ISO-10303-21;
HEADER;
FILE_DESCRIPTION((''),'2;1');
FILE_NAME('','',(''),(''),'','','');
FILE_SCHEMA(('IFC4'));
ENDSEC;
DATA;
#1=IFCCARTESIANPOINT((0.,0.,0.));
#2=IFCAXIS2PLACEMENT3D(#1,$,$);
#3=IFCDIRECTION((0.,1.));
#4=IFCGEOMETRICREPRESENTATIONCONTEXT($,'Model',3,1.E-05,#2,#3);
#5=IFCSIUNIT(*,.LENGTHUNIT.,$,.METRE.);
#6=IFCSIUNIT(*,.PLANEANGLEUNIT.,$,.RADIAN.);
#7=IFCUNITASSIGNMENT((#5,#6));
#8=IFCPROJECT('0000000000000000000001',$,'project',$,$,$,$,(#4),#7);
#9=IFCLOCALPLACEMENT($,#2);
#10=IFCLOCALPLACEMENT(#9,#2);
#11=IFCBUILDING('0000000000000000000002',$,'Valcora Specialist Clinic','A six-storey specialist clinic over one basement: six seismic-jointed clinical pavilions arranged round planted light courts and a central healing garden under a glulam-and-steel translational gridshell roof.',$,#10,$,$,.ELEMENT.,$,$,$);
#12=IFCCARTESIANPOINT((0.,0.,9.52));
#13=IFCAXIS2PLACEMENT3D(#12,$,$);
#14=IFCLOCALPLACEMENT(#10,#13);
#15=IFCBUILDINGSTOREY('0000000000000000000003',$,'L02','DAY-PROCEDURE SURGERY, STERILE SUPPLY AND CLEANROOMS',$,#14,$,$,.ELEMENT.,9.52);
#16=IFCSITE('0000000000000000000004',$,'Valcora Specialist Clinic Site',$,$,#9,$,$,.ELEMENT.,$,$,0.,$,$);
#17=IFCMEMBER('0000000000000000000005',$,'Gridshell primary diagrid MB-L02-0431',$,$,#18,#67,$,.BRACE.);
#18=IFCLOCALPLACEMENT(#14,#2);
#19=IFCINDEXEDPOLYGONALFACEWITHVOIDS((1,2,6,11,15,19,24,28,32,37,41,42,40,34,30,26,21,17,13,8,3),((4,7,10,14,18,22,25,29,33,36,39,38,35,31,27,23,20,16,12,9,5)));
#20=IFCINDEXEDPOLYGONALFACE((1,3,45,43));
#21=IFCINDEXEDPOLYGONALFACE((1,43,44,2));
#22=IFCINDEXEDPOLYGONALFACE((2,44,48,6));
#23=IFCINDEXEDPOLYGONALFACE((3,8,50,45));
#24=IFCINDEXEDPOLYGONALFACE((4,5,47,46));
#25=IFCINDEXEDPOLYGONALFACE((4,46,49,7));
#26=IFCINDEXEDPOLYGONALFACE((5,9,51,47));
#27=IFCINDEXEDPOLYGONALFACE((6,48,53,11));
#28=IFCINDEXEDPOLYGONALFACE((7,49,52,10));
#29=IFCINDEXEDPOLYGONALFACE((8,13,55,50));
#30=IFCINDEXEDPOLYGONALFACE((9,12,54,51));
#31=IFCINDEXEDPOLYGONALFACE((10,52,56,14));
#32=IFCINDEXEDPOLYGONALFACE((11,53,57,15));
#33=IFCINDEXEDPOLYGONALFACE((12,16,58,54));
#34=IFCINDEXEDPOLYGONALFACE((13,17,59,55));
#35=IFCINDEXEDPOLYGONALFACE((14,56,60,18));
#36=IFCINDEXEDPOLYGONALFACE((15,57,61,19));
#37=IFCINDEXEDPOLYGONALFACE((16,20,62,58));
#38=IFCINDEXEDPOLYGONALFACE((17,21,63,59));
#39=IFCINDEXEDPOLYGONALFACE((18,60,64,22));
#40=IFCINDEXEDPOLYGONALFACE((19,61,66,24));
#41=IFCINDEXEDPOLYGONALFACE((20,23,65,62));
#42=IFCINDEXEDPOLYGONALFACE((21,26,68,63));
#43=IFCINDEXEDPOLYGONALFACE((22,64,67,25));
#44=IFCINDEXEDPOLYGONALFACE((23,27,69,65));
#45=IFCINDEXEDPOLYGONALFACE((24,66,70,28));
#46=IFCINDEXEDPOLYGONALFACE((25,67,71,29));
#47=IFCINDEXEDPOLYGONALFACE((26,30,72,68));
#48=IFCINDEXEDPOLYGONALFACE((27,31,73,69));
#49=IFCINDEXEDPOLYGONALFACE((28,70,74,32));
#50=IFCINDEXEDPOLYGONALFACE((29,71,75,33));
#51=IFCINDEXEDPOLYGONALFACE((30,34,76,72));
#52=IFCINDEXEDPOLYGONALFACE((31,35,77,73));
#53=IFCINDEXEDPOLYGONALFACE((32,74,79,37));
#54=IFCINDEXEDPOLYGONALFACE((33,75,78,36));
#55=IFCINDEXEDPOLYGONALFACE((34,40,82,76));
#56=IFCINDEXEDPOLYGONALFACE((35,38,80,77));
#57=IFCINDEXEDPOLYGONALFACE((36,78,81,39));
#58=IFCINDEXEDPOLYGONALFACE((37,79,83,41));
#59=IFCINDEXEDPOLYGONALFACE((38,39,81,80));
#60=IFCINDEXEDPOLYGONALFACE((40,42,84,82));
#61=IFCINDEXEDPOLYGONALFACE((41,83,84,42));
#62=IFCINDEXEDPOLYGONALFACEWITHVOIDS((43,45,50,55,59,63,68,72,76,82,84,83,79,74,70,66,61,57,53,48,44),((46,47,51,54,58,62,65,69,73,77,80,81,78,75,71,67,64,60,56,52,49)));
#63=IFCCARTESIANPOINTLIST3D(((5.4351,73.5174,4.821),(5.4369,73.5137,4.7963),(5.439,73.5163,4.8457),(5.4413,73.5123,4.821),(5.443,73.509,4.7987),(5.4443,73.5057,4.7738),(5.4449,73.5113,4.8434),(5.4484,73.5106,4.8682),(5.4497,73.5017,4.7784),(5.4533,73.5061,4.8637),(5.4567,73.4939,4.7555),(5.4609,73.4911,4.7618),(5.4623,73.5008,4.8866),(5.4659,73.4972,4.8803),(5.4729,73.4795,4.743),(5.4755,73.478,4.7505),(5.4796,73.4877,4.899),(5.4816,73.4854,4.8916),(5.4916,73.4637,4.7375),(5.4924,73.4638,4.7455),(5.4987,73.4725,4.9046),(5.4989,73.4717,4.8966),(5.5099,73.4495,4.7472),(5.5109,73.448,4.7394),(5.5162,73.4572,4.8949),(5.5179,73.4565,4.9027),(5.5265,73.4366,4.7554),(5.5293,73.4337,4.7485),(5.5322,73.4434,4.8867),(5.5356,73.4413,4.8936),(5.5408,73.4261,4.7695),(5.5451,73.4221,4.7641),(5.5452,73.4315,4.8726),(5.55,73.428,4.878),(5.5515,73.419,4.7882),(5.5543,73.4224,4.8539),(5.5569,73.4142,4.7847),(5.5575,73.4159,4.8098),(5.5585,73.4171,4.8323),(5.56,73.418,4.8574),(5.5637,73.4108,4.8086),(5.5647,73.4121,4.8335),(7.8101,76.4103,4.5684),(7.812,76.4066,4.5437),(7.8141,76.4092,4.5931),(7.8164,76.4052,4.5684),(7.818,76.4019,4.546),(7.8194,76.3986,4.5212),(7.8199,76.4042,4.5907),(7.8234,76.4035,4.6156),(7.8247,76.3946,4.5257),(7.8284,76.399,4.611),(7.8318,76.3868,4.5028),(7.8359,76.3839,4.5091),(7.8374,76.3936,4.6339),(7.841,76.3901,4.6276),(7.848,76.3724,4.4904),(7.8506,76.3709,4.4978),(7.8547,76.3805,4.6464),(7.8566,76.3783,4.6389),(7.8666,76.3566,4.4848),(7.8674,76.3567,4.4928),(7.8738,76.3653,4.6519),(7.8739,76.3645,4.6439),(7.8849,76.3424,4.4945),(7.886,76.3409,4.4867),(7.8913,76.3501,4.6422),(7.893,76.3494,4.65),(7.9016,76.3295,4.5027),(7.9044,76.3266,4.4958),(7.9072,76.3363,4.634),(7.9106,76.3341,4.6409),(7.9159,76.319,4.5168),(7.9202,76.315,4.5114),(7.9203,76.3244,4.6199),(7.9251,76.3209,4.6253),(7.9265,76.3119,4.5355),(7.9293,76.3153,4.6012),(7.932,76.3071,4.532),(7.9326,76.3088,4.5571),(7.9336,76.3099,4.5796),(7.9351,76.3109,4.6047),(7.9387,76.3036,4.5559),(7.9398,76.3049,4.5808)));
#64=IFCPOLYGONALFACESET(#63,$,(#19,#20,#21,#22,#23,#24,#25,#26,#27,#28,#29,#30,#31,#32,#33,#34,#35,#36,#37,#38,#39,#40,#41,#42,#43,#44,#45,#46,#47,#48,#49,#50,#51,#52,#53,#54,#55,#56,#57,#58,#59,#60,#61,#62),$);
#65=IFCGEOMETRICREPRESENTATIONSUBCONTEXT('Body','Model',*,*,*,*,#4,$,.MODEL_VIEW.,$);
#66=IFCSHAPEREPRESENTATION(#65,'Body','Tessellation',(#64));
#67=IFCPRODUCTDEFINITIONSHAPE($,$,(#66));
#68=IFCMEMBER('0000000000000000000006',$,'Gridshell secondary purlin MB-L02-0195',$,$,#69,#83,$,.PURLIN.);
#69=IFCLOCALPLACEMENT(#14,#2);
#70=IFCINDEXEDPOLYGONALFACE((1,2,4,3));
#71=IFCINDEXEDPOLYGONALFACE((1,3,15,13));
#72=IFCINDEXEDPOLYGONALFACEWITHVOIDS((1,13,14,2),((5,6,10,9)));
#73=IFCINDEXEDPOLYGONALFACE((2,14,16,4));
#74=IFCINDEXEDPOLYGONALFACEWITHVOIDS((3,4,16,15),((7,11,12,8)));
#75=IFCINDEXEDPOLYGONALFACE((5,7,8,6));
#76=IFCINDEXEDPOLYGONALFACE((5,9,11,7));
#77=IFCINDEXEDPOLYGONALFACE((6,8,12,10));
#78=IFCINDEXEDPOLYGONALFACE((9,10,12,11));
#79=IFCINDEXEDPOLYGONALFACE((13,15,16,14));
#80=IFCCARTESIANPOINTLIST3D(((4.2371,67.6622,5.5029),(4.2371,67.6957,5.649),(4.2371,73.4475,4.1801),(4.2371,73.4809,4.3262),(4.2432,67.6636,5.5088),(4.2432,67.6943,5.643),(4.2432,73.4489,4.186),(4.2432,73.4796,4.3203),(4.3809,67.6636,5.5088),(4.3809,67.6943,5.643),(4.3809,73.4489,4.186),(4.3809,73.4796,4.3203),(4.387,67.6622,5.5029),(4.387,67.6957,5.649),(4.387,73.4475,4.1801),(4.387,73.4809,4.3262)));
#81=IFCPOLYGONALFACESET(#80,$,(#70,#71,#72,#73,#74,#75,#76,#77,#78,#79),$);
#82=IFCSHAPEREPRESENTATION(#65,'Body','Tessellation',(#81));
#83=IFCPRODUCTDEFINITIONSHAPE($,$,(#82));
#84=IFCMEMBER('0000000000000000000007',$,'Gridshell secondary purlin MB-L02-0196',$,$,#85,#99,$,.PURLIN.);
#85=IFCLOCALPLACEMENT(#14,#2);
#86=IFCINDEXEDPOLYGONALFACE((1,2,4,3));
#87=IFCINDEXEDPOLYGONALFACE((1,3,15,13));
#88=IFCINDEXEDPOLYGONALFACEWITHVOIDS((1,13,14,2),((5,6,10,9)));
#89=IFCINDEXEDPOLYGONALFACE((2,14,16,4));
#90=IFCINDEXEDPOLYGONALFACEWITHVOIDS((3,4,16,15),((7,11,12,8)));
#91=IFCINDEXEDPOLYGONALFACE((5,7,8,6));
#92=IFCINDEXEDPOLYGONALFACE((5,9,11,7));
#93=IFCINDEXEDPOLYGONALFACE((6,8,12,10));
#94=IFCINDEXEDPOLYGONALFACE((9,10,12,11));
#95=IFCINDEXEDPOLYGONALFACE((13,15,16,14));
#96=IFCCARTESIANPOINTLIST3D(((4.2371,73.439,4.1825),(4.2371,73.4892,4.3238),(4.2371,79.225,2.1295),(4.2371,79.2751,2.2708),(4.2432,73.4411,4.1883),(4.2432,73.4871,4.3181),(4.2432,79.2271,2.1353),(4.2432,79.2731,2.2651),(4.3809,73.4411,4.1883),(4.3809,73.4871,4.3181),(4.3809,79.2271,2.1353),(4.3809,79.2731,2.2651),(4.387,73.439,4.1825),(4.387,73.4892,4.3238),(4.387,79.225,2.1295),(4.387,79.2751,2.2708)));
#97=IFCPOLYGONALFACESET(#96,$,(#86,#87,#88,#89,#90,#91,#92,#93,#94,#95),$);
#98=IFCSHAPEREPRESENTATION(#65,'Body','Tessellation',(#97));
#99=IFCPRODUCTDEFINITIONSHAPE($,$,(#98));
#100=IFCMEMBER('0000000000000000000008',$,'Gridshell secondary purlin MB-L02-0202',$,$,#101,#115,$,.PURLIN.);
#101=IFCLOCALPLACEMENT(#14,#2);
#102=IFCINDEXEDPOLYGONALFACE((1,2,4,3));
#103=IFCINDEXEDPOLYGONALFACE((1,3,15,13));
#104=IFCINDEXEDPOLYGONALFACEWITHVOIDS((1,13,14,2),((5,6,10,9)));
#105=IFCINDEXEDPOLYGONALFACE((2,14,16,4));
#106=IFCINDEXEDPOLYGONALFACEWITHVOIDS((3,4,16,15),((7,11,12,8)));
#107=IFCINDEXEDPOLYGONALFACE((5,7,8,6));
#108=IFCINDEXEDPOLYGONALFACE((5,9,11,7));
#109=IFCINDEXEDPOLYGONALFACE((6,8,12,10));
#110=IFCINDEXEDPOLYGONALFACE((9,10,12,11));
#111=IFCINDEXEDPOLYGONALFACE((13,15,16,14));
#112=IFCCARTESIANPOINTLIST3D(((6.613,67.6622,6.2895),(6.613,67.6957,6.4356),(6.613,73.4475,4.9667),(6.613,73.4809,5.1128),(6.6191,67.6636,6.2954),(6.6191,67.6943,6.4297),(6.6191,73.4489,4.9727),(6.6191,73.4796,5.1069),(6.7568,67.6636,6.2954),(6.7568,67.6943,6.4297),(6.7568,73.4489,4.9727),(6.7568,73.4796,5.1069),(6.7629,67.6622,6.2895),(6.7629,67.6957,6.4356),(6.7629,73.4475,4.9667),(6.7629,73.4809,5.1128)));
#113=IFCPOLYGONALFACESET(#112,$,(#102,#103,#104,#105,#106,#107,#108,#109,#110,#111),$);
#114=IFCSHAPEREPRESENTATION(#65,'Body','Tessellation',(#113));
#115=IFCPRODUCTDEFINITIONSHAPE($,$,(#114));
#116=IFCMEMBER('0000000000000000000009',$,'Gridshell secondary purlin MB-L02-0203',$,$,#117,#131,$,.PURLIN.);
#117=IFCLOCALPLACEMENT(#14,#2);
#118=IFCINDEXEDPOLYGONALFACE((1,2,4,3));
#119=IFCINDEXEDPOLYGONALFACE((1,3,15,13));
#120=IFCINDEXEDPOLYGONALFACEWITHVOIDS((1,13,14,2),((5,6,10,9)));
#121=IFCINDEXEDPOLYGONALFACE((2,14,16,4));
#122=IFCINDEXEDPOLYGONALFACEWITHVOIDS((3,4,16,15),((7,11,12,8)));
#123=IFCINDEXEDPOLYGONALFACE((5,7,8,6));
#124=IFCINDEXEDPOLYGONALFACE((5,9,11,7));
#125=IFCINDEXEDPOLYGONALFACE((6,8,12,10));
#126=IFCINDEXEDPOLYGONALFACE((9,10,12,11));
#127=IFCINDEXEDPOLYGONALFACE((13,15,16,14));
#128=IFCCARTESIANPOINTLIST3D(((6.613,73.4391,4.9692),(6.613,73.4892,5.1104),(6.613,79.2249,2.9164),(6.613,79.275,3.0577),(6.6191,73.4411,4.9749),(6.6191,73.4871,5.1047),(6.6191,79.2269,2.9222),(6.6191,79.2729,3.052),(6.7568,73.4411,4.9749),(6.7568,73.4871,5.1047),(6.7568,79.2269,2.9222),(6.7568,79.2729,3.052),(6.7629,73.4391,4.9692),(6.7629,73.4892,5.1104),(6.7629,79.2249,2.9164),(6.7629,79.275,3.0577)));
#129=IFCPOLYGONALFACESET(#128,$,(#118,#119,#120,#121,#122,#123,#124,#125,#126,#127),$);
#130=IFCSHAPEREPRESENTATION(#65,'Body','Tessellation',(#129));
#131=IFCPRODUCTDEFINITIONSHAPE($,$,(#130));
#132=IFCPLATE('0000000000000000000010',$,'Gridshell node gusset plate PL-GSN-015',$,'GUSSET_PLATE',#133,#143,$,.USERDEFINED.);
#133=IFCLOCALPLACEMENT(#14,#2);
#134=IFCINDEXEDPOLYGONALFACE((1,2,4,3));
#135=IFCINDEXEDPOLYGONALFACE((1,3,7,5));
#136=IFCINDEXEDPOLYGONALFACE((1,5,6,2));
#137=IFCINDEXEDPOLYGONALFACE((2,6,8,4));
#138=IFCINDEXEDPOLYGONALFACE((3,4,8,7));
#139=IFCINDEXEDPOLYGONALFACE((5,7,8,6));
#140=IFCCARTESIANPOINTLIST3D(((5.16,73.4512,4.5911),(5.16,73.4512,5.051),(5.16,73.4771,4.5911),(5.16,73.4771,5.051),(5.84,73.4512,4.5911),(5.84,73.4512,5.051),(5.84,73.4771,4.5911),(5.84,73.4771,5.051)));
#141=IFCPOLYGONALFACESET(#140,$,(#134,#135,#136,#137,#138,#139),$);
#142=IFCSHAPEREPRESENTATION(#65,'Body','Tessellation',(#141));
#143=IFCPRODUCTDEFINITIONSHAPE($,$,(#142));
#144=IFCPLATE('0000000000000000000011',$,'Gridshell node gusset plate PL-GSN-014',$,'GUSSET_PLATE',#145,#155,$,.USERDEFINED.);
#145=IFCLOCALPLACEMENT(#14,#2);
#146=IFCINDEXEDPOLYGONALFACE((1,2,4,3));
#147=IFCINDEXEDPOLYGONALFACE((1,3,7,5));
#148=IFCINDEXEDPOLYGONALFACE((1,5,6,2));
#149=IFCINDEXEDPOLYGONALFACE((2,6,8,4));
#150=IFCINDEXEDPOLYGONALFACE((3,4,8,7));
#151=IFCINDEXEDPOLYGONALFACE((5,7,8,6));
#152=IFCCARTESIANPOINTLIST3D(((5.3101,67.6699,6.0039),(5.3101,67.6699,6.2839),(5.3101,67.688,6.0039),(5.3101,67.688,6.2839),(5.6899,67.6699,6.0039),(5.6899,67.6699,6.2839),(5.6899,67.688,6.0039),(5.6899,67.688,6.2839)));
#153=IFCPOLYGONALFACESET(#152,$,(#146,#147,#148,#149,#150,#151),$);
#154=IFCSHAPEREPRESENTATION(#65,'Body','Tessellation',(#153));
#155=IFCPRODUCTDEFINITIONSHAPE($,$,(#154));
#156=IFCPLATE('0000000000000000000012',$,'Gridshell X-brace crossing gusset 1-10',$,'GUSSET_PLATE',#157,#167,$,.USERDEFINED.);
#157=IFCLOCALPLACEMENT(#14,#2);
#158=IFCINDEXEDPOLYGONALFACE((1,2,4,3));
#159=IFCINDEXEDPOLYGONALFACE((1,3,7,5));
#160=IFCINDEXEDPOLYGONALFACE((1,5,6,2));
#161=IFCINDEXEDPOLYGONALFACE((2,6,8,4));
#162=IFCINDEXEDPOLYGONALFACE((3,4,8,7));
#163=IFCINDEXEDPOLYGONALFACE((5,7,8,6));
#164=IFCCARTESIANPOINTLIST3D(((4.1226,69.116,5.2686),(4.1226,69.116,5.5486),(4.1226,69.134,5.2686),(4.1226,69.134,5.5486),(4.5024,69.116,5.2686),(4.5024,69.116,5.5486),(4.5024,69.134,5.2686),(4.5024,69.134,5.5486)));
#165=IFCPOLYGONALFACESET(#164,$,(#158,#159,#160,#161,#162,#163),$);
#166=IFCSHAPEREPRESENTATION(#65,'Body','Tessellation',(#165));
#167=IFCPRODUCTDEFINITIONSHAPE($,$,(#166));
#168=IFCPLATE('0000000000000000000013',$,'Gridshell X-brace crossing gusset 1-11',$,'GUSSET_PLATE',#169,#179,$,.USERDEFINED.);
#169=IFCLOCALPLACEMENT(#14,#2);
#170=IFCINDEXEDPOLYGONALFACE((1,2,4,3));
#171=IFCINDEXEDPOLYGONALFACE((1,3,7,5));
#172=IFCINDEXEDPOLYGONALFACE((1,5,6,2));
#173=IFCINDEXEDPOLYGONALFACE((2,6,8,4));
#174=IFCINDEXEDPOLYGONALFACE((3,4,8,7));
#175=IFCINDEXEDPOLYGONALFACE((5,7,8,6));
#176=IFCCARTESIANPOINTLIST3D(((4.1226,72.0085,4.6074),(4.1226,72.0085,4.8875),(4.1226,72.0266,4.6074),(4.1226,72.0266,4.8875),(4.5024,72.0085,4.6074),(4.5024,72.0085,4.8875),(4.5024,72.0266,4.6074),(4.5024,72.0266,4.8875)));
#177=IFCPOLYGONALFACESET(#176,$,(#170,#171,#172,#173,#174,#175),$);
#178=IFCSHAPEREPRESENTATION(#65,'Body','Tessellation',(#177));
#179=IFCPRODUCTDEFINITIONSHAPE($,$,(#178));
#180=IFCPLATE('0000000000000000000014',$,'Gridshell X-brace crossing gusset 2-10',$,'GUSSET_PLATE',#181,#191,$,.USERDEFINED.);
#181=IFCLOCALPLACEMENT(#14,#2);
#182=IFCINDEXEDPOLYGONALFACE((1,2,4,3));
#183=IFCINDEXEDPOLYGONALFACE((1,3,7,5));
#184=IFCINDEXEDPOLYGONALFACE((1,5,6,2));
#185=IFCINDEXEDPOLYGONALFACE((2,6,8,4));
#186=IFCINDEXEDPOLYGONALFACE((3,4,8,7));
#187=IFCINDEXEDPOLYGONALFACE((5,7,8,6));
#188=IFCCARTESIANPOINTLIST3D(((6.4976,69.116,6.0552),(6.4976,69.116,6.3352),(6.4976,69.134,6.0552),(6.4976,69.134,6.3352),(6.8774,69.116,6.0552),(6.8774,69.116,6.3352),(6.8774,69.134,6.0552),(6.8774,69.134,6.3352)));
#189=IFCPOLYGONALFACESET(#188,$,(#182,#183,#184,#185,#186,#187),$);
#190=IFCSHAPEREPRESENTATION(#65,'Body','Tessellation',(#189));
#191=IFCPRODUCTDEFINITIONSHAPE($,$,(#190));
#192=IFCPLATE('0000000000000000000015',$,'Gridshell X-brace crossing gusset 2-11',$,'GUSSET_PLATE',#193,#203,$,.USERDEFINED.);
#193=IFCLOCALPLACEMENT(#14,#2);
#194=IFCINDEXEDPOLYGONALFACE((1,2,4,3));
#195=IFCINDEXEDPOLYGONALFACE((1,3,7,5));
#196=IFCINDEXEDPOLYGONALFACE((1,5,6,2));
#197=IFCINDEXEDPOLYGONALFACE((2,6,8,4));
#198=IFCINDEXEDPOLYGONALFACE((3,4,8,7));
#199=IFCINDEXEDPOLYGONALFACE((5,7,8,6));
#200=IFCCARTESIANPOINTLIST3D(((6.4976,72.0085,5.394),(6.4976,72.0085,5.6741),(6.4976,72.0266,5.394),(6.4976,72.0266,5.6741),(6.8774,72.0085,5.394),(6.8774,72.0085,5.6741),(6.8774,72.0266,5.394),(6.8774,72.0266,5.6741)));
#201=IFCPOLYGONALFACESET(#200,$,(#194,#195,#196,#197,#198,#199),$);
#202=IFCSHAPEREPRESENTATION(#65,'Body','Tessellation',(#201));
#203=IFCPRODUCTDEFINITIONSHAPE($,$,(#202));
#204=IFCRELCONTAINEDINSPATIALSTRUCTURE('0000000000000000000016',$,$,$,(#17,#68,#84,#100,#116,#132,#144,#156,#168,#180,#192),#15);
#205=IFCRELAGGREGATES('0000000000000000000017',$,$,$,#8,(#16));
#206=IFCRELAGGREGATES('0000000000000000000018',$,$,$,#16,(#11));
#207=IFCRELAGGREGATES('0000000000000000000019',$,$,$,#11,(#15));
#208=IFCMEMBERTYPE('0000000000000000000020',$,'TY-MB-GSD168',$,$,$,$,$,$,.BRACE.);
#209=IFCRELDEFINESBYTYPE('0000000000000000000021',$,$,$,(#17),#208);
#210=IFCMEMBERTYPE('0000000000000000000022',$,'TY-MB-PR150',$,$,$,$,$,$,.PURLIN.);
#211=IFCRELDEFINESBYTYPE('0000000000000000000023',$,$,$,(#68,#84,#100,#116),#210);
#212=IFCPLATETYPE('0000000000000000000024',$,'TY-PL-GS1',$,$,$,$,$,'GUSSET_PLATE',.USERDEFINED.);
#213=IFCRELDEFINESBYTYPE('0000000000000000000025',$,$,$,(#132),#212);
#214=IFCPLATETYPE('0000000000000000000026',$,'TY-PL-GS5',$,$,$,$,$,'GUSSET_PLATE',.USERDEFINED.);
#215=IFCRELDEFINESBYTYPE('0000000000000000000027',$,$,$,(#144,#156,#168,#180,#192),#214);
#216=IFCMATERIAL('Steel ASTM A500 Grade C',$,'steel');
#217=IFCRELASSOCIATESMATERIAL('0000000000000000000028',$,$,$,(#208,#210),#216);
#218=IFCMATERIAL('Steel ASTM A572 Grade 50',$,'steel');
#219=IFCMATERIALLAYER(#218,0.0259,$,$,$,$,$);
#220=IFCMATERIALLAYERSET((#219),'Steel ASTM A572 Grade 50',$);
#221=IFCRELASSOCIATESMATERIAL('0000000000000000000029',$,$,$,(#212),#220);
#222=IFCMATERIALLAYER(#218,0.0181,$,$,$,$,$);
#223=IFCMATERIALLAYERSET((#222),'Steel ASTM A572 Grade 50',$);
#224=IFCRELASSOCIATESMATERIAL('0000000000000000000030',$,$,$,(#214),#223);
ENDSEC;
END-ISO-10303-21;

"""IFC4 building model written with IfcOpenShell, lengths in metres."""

from ifc_helpers import new_model, si_unit, direction, frame, origin, origin_2d, place, context, subcontext, project, spatial, rectangle, hollow_rectangle, hollow_circle, extrude, material, layer, layer_set, material_profile, profile_set, type_object, element, save


model = new_model("IFC4")

# Units and contexts
model_context = context("Model", 3, precision=1e-05, world=origin(), true_north=direction((0.0, 1.0)))
body_context = subcontext(model_context, "Body", "Model", "MODEL_VIEW")
ifc_project = project(units=[si_unit("LENGTHUNIT", "METRE"), si_unit("PLANEANGLEUNIT", "RADIAN")], contexts=[model_context])

# Site, building, storey
site_placement = place(None, origin())
site = spatial("IfcSite", under=ifc_project, at=site_placement, Name="Valcora Specialist Clinic Site", CompositionType="ELEMENT", RefElevation=0.0)
building_placement = place(site_placement, origin())
building = spatial("IfcBuilding", under=site, at=building_placement, Name="Valcora Specialist Clinic", Description="A six-storey specialist clinic over one basement: six seismic-jointed clinical pavilions arranged round planted light courts and a central healing garden under a glulam-and-steel translational gridshell roof.", CompositionType="ELEMENT")
storey_placement = place(building_placement, frame((0.0, 0.0, 9.52)))
storey = spatial("IfcBuildingStorey", under=building, at=storey_placement, Name="L02", Description="DAY-PROCEDURE SURGERY, STERILE SUPPLY AND CLEANROOMS", CompositionType="ELEMENT", Elevation=9.52)

# Members
ifc_material_1 = material(Name="Steel ASTM A500 Grade C", Category="steel")
ifc_material_profile_1 = material_profile(ifc_material_1, hollow_circle(Radius=0.084, WallThickness=0.0081, at=origin_2d()), Name="ST-CHS-168X8")
ifc_profile_set_1 = profile_set([ifc_material_profile_1], Name="Steel ASTM A500 Grade C")
member_type_1 = type_object("IfcMemberType", Name="TY-MB-GSD168", PredefinedType="BRACE", material=ifc_profile_set_1)
member_1_placement = place(storey_placement, frame((5.5, 73.4641, 4.821), z_axis=(0.633099, 0.771134, -0.067358), x_axis=(-0.77289, 0.63454, 0.0)))
element("IfcMember", 1, at=member_1_placement, inside=storey, type_object=member_type_1, Name="Gridshell primary diagrid MB-L02-0431", PredefinedType="BRACE", context=body_context, shape_type="SweptSolid", body=[
    extrude(hollow_circle(Radius=0.084, WallThickness=0.0081, at=origin_2d()), origin(), (0.0, 0.0, 1.0), 3.7515),
])
ifc_material_profile_2 = material_profile(ifc_material_1, hollow_rectangle(XDim=0.1499, YDim=0.1499, WallThickness=0.0061, at=origin_2d()), Name="ST-RHS-150X150X6")
ifc_profile_set_2 = profile_set([ifc_material_profile_2], Name="Steel ASTM A500 Grade C")
member_type_2 = type_object("IfcMemberType", Name="TY-MB-PR150", PredefinedType="PURLIN", material=ifc_profile_set_2)
member_2_placement = place(storey_placement, frame((4.312, 67.679, 5.5759), z_axis=(0.0, 0.974843, -0.222894), x_axis=(-1.0, 0.0, 0.0)))
element("IfcMember", 2, at=member_2_placement, inside=storey, type_object=member_type_2, Name="Gridshell secondary purlin MB-L02-0195", PredefinedType="PURLIN", context=body_context, shape_type="SweptSolid", body=[
    extrude(hollow_rectangle(XDim=0.1499, YDim=0.1499, WallThickness=0.0061, at=origin_2d()), origin(), (0.0, 0.0, 1.0), 5.9346),
])
member_3_placement = place(storey_placement, frame((4.312, 73.4641, 4.2532), z_axis=(0.0, 0.942432, -0.334398), x_axis=(-1.0, 0.0, 0.0)))
element("IfcMember", 3, at=member_3_placement, inside=storey, type_object=member_type_2, Name="Gridshell secondary purlin MB-L02-0196", PredefinedType="PURLIN", context=body_context, shape_type="SweptSolid", body=[
    extrude(hollow_rectangle(XDim=0.1499, YDim=0.1499, WallThickness=0.0061, at=origin_2d()), origin(), (0.0, 0.0, 1.0), 6.1394),
])
member_4_placement = place(storey_placement, frame((6.688, 67.679, 6.3625), z_axis=(0.0, 0.974843, -0.222894), x_axis=(-1.0, 0.0, 0.0)))
element("IfcMember", 4, at=member_4_placement, inside=storey, type_object=member_type_2, Name="Gridshell secondary purlin MB-L02-0202", PredefinedType="PURLIN", context=body_context, shape_type="SweptSolid", body=[
    extrude(hollow_rectangle(XDim=0.1499, YDim=0.1499, WallThickness=0.0061, at=origin_2d()), origin(), (0.0, 0.0, 1.0), 5.9346),
])
member_5_placement = place(storey_placement, frame((6.688, 73.4641, 5.0398), z_axis=(0.0, 0.942444, -0.334363), x_axis=(-1.0, 0.0, 0.0)))
element("IfcMember", 5, at=member_5_placement, inside=storey, type_object=member_type_2, Name="Gridshell secondary purlin MB-L02-0203", PredefinedType="PURLIN", context=body_context, shape_type="SweptSolid", body=[
    extrude(hollow_rectangle(XDim=0.1499, YDim=0.1499, WallThickness=0.0061, at=origin_2d()), origin(), (0.0, 0.0, 1.0), 6.1392),
])

# Plates
ifc_material_2 = material(Name="Steel ASTM A572 Grade 50", Category="steel")
ifc_layer_1 = layer(ifc_material_2, 0.0259)
ifc_layer_set_1 = layer_set([ifc_layer_1], Name="Steel ASTM A572 Grade 50")
plate_type_1 = type_object("IfcPlateType", Name="TY-PL-GS1", ElementType="GUSSET_PLATE", PredefinedType="USERDEFINED", material=ifc_layer_set_1)
plate_placement = place(storey_placement, frame((5.5, 73.4641, 4.5911), z_axis=(0.0, 0.0, 1.0), x_axis=(1.0, 0.0, 0.0)))
element("IfcPlate", 6, at=plate_placement, inside=storey, type_object=plate_type_1, Name="Gridshell node gusset plate PL-GSN-015", ObjectType="GUSSET_PLATE", PredefinedType="USERDEFINED", context=body_context, shape_type="SweptSolid", body=[
    extrude(rectangle(XDim=0.6799, YDim=0.0259, at=origin_2d()), origin(), (0.0, 0.0, 1.0), 0.46),
])
ifc_layer_2 = layer(ifc_material_2, 0.0181)
ifc_layer_set_2 = layer_set([ifc_layer_2], Name="Steel ASTM A572 Grade 50")
plate_type_2 = type_object("IfcPlateType", Name="TY-PL-GS5", ElementType="GUSSET_PLATE", PredefinedType="USERDEFINED", material=ifc_layer_set_2)
for number, where, z_axis, x_axis, name in (
    (7, (5.5, 67.679, 6.0039), (0.0, 0.0, 1.0), (1.0, 0.0, 0.0), "Gridshell node gusset plate PL-GSN-014"),
    (8, (4.3125, 69.125, 5.2686), (0.0, 0.0, 1.0), (1.0, 0.0, 0.0), "Gridshell X-brace crossing gusset 1-10"),
    (9, (4.3125, 72.0176, 4.6074), (0.0, 0.0, 1.0), (1.0, 0.0, 0.0), "Gridshell X-brace crossing gusset 1-11"),
    (10, (6.6875, 69.125, 6.0552), (0.0, 0.0, 1.0), (1.0, 0.0, 0.0), "Gridshell X-brace crossing gusset 2-10"),
    (11, (6.6875, 72.0176, 5.394), (0.0, 0.0, 1.0), (1.0, 0.0, 0.0), "Gridshell X-brace crossing gusset 2-11"),
):
    element("IfcPlate", number, at=place(storey_placement, frame(where, z_axis=z_axis, x_axis=x_axis)), inside=storey, type_object=plate_type_2, Name=name, ObjectType="GUSSET_PLATE", PredefinedType="USERDEFINED", context=body_context, shape_type="SweptSolid", body=[
        extrude(rectangle(XDim=0.3799, YDim=0.0181, at=origin_2d()), origin(), (0.0, 0.0, 1.0), 0.28),
    ])

save(model, "model.ifc")
